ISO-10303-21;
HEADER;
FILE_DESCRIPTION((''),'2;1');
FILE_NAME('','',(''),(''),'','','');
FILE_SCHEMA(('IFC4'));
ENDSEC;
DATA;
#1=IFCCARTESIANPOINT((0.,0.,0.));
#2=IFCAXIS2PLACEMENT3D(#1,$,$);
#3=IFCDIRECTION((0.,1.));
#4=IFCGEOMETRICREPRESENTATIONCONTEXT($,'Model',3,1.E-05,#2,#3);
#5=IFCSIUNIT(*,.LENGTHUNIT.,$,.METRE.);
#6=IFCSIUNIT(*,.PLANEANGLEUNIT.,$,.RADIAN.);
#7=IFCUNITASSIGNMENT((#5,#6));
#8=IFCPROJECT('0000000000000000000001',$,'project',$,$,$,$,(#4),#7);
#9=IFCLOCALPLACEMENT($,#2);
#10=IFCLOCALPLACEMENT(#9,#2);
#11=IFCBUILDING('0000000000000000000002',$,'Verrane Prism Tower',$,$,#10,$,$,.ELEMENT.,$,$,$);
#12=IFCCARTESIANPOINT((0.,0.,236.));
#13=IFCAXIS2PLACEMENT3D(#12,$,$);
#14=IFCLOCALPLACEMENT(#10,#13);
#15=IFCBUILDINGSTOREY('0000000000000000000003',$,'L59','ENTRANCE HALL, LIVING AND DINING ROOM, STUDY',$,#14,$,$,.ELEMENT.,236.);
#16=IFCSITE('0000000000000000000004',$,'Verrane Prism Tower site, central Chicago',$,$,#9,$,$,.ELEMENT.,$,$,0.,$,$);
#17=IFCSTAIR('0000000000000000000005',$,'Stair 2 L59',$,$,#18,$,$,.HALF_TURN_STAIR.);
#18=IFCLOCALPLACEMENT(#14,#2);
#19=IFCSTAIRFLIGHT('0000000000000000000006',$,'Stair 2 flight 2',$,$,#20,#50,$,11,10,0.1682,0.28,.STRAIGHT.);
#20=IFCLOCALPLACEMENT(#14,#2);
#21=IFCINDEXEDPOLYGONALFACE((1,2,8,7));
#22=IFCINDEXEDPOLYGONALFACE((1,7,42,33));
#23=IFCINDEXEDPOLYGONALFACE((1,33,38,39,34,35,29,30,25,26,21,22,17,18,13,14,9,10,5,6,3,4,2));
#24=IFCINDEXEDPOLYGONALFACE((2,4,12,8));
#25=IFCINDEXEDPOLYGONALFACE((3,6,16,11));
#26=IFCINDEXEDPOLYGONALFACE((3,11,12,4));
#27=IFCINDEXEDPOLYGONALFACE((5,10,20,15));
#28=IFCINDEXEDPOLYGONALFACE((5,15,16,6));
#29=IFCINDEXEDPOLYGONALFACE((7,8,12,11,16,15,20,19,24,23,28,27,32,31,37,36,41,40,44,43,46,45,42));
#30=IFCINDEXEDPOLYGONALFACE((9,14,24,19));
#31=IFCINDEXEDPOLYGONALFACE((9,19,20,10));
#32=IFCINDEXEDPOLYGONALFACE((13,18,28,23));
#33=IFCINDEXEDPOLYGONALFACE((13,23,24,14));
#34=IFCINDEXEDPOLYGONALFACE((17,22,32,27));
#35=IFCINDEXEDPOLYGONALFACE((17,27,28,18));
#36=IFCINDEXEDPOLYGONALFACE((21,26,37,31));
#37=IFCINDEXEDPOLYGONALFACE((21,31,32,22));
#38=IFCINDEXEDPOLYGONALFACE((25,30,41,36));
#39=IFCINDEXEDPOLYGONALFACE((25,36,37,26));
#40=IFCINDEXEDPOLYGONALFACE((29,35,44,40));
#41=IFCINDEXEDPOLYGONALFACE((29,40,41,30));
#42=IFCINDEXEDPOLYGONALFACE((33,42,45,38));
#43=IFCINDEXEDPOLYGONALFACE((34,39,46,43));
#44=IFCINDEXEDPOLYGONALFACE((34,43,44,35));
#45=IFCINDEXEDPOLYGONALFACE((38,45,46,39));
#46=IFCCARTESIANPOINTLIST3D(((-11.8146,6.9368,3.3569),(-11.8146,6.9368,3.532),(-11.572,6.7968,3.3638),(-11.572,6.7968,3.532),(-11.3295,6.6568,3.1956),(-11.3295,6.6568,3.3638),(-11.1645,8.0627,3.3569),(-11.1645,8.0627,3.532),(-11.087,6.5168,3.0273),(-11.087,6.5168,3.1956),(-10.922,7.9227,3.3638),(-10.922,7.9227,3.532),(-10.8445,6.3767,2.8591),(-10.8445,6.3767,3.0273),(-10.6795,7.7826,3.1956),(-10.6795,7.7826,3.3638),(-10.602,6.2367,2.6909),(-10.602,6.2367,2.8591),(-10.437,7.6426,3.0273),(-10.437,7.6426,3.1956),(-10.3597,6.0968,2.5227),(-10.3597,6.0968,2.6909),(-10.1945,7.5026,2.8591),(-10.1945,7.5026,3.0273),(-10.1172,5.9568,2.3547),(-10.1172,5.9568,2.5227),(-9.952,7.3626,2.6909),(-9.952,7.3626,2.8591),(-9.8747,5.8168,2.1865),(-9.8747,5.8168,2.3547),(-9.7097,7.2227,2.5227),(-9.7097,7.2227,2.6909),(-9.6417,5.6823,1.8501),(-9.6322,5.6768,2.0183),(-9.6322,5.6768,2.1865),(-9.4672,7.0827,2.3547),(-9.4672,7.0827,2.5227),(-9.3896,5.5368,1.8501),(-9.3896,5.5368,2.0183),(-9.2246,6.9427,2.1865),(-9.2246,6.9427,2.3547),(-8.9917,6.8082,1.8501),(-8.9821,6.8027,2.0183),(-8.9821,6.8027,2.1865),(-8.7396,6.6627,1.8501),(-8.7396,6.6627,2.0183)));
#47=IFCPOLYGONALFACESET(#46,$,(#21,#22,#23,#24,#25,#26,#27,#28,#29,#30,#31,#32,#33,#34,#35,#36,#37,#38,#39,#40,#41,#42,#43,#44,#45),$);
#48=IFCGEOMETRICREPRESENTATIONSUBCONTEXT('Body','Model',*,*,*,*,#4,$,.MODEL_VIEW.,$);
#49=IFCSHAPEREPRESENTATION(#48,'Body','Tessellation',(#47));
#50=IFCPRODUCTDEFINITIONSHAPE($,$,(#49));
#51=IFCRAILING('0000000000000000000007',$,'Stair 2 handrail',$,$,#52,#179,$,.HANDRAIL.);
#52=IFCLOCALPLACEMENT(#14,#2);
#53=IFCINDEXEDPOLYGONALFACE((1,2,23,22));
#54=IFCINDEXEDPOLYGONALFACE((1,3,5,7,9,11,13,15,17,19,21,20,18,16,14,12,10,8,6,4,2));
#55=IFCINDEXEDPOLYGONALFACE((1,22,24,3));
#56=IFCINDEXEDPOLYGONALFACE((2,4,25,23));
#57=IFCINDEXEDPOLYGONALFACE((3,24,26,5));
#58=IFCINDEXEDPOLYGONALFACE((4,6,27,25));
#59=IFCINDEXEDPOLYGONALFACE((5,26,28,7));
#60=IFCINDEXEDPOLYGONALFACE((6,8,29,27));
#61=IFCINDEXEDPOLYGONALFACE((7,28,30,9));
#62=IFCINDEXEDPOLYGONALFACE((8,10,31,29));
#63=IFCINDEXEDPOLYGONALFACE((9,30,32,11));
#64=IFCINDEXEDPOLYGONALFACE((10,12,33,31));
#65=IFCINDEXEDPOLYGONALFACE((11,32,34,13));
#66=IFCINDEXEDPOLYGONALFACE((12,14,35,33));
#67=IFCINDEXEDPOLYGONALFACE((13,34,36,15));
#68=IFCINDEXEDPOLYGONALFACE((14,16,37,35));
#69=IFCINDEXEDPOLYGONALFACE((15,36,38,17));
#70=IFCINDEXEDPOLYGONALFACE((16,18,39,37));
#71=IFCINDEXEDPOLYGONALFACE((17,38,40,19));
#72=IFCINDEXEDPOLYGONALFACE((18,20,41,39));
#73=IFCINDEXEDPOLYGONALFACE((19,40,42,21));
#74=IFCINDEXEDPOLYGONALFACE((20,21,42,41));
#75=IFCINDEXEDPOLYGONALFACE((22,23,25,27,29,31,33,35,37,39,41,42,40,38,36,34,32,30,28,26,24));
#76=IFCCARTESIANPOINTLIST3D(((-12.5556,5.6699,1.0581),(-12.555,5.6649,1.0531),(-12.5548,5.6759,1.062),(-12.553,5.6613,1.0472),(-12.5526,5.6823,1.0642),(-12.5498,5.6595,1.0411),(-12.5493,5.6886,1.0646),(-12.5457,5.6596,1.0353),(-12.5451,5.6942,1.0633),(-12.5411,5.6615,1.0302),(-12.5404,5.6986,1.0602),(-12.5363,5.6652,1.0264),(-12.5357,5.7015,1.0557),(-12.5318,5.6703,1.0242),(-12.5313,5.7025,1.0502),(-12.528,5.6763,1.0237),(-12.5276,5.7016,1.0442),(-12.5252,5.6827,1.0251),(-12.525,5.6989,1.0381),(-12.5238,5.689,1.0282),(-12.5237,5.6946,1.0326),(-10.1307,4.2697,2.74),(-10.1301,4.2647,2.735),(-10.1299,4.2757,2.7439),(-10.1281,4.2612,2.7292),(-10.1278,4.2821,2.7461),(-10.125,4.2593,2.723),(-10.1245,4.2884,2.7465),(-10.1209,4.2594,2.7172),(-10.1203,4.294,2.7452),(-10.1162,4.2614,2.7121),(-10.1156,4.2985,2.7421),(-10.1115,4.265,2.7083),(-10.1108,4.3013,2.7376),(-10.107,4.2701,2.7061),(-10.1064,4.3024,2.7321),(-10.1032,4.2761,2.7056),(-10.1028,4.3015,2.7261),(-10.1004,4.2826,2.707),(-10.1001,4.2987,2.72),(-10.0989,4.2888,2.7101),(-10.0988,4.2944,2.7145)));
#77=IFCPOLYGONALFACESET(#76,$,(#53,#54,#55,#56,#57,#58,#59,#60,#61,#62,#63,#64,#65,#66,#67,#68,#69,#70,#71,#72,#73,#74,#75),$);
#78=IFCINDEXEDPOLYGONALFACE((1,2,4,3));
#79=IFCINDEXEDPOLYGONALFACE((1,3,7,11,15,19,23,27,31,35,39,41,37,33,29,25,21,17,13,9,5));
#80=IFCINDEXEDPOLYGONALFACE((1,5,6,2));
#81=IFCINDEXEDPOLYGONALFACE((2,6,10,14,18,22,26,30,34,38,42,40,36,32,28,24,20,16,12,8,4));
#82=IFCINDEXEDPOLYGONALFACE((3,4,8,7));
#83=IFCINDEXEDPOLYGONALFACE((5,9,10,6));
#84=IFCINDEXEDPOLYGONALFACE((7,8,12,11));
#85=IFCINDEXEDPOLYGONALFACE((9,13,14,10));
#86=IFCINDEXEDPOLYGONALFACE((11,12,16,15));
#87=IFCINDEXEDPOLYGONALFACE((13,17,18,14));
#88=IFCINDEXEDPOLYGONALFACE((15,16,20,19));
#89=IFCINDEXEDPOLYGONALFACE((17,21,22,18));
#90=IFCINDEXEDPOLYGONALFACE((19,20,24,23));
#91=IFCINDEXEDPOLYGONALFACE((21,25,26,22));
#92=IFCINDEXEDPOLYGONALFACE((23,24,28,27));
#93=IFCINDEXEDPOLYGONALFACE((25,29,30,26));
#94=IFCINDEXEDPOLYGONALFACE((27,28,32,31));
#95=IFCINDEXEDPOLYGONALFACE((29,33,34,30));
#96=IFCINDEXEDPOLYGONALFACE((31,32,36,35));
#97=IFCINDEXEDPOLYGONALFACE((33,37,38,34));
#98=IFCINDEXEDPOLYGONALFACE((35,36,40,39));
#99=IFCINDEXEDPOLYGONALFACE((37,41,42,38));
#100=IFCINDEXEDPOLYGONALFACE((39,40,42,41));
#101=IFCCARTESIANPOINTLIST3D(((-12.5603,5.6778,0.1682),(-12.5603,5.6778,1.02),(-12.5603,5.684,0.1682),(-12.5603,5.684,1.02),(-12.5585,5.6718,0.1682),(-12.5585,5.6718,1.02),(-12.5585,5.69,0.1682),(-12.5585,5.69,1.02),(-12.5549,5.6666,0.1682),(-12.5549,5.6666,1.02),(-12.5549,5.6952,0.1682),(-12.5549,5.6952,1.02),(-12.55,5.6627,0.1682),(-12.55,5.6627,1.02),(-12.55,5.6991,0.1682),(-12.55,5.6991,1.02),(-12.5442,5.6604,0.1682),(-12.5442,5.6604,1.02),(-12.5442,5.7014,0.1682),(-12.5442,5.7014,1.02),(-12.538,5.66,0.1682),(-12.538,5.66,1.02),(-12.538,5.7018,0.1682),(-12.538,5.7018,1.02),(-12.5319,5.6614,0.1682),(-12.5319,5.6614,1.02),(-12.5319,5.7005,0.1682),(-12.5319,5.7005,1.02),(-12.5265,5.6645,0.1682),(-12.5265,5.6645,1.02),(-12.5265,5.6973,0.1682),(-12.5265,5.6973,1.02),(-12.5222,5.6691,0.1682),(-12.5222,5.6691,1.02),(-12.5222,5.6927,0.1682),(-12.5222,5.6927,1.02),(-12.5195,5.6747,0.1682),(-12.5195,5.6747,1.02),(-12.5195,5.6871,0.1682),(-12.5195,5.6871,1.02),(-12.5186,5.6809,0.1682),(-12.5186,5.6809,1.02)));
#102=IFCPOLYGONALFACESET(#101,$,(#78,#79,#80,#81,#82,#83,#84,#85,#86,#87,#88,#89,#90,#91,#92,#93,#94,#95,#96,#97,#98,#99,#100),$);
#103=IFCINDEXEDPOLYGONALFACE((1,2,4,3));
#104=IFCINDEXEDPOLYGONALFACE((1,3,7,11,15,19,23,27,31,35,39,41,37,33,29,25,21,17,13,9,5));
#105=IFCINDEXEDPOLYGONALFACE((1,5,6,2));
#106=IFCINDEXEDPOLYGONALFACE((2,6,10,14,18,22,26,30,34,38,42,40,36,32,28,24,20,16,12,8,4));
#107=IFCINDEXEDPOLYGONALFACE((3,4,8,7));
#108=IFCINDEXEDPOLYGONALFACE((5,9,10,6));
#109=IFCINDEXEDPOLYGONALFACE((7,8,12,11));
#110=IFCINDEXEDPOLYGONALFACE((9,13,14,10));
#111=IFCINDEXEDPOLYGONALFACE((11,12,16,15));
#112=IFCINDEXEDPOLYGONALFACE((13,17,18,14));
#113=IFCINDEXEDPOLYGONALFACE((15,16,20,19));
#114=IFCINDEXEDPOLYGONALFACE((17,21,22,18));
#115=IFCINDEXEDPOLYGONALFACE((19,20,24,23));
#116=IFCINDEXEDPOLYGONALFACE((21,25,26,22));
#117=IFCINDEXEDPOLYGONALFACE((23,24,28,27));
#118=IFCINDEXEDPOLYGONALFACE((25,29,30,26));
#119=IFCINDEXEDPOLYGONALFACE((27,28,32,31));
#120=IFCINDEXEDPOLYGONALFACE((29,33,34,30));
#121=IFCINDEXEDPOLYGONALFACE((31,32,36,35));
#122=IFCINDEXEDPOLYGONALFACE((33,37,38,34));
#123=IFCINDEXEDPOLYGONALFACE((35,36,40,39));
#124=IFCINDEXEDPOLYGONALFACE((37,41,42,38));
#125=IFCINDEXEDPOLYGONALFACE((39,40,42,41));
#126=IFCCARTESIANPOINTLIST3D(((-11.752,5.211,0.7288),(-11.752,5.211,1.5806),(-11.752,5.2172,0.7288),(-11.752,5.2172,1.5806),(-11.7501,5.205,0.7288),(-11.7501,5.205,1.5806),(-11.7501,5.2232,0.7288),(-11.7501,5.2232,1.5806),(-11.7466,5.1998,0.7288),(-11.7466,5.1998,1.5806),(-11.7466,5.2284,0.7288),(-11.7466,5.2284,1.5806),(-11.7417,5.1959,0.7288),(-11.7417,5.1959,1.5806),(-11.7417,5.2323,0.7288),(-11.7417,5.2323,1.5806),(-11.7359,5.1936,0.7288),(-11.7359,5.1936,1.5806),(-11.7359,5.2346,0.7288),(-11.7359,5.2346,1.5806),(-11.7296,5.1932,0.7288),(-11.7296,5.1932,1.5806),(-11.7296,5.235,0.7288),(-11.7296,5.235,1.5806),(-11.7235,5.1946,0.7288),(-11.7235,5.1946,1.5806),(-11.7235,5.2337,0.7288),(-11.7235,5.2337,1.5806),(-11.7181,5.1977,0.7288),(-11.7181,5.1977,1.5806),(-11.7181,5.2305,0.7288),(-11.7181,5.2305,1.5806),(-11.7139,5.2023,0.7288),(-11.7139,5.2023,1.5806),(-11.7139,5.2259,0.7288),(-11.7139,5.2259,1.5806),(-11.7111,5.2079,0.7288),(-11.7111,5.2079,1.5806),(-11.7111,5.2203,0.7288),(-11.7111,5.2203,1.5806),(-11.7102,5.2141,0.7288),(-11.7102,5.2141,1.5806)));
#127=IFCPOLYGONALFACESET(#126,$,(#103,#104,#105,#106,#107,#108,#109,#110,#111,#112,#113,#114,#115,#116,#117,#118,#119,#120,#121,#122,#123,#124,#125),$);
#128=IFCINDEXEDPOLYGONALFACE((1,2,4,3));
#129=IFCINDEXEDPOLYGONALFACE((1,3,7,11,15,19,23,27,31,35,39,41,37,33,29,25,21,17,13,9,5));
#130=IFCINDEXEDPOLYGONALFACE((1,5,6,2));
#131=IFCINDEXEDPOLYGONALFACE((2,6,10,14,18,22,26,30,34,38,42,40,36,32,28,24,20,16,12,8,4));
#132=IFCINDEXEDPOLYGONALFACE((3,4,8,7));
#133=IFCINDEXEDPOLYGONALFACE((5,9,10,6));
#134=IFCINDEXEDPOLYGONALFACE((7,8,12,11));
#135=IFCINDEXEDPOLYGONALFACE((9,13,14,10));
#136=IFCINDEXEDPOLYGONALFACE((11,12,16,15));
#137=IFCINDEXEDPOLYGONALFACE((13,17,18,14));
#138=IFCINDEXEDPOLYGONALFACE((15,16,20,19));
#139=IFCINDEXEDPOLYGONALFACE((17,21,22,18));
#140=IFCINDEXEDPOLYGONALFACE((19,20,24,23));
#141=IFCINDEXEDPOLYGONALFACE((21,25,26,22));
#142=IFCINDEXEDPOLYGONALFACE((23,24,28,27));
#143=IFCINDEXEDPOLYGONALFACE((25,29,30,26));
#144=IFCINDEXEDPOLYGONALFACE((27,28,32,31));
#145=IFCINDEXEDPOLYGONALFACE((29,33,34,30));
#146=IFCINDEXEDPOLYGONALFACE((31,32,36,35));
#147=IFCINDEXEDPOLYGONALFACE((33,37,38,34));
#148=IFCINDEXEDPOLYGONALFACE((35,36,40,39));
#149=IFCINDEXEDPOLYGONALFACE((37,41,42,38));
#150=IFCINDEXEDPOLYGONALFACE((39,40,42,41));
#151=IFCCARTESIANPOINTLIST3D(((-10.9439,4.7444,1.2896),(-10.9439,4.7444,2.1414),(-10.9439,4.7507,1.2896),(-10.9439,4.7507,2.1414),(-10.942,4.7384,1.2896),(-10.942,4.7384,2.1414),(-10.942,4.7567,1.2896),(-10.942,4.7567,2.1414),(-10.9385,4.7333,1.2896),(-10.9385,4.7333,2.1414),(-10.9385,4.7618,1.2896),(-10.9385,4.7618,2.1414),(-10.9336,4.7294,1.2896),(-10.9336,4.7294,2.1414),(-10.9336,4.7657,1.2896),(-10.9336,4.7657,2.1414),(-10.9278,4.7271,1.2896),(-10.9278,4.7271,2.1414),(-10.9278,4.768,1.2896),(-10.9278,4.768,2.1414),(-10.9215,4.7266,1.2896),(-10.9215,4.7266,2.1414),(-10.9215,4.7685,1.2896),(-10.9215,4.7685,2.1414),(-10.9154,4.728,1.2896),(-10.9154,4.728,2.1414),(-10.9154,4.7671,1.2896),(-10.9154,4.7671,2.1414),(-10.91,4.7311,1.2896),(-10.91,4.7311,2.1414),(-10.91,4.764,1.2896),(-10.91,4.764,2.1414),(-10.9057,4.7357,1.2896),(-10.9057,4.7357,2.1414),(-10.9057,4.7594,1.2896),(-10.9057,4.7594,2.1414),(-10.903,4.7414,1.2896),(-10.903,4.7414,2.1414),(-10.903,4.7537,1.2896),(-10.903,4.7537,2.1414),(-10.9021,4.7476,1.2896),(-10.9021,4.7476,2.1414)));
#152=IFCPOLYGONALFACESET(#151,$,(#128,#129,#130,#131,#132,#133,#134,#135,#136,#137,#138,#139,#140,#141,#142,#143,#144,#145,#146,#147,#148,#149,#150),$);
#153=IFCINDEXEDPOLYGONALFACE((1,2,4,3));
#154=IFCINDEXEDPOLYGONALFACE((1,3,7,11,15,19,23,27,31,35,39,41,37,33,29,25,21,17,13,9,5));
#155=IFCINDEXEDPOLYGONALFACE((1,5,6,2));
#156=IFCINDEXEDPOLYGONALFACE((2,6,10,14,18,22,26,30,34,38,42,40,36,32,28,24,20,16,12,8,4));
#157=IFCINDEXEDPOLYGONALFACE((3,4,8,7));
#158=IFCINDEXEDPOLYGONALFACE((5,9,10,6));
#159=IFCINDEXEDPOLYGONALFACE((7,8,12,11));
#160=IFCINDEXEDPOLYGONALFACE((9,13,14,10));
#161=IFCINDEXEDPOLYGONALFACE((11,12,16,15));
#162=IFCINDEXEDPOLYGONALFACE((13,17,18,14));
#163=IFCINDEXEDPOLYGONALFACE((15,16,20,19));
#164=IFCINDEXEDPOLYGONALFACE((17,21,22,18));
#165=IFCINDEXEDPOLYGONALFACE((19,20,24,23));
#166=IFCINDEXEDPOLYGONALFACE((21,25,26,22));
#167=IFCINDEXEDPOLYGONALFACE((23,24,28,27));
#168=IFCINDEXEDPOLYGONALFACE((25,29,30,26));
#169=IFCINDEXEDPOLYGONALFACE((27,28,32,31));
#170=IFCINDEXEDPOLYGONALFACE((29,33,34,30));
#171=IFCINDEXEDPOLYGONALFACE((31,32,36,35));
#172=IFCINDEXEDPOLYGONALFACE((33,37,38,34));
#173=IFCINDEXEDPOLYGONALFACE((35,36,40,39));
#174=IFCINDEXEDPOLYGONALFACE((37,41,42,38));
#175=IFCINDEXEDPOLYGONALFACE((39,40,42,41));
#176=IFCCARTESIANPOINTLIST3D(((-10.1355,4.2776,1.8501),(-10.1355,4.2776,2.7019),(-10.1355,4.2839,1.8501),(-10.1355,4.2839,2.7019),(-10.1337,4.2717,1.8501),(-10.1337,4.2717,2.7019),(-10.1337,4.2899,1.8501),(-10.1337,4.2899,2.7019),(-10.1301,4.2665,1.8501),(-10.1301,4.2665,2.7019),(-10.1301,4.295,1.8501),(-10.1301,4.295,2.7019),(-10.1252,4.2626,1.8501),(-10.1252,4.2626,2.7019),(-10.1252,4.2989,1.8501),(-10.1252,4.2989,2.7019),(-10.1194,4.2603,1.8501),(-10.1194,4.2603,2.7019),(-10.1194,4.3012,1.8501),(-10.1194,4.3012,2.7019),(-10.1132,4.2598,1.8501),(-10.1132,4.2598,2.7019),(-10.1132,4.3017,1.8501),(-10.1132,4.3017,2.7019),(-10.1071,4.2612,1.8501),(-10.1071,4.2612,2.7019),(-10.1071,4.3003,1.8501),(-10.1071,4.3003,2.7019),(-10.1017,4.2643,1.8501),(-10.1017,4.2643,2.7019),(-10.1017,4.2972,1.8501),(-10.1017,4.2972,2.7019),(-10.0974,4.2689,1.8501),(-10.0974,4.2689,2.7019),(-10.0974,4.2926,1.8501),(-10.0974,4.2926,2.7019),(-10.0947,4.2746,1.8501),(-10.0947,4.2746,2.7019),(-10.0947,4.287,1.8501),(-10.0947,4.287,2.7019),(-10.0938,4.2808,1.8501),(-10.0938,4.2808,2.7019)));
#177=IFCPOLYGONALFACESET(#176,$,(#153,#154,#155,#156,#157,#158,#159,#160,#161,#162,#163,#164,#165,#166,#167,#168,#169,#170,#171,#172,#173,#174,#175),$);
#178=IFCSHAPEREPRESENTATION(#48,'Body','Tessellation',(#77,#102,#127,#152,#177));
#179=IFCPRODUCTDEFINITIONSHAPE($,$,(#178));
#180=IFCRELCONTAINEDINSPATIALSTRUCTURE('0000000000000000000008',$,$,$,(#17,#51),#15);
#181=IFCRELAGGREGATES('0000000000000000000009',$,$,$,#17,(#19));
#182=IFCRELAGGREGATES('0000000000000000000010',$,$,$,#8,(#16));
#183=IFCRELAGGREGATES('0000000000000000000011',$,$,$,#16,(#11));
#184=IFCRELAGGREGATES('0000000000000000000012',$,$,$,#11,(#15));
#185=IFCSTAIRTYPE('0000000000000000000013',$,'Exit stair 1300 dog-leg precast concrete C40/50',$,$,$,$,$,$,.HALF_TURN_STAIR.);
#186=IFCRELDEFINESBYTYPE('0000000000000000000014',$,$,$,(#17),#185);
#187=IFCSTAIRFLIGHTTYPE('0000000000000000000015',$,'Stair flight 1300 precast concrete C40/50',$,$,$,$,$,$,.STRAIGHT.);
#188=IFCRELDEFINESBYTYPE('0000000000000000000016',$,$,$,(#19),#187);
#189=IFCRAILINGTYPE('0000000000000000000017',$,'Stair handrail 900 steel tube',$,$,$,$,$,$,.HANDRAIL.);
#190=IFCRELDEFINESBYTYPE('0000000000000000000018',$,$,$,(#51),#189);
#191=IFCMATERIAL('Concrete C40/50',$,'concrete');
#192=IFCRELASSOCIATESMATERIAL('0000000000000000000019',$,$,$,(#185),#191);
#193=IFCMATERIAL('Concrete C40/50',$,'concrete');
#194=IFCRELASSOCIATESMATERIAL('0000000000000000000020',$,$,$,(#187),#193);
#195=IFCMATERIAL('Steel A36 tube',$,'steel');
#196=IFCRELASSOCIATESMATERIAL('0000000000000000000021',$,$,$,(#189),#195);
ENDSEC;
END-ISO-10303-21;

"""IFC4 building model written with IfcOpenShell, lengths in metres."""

from ifc_helpers import new_model, si_unit, direction, frame, origin, origin_2d, place, context, subcontext, project, spatial, polyline, circle, outline, extrude, material, type_object, element, aggregate, save


model = new_model("IFC4")

# Units and contexts
model_context = context("Model", 3, precision=1e-05, world=origin(), true_north=direction((0.0, 1.0)))
body_context = subcontext(model_context, "Body", "Model", "MODEL_VIEW")
ifc_project = project(units=[si_unit("LENGTHUNIT", "METRE"), si_unit("PLANEANGLEUNIT", "RADIAN")], contexts=[model_context])

# Site, building, storey
site_placement = place(None, origin())
site = spatial("IfcSite", under=ifc_project, at=site_placement, Name="Verrane Prism Tower site, central Chicago", CompositionType="ELEMENT", RefElevation=0.0)
building_placement = place(site_placement, origin())
building = spatial("IfcBuilding", under=site, at=building_placement, Name="Verrane Prism Tower", CompositionType="ELEMENT")
storey_placement = place(building_placement, frame((0.0, 0.0, 236.0)))
storey = spatial("IfcBuildingStorey", under=building, at=storey_placement, Name="L59", Description="ENTRANCE HALL, LIVING AND DINING ROOM, STUDY", CompositionType="ELEMENT", Elevation=236.0)

# Stair, stair flight
ifc_material_1 = material(Name="Concrete C40/50", Category="concrete")
stair_type = type_object("IfcStairType", Name="Exit stair 1300 dog-leg precast concrete C40/50", PredefinedType="HALF_TURN_STAIR", material=ifc_material_1)
stair_placement = place(storey_placement, origin())
stair = element("IfcStair", 1, at=stair_placement, inside=storey, type_object=stair_type, Name="Stair 2 L59", PredefinedType="HALF_TURN_STAIR")
ifc_material_2 = material(Name="Concrete C40/50", Category="concrete")
stair_flight_type = type_object("IfcStairFlightType", Name="Stair flight 1300 precast concrete C40/50", PredefinedType="STRAIGHT", material=ifc_material_2)
stair_flight_1_placement = place(storey_placement, frame((-9.0647, 6.0996, 1.8501), z_axis=(0.0, 0.0, 1.0), x_axis=(-0.866025, 0.5, 0.0)))
stair_flight_1 = element("IfcStairFlight", 2, at=stair_flight_1_placement, type_object=stair_flight_type, Name="Stair 2 flight 2", NumberOfRisers=11, NumberOfTreads=10, PredefinedType="STRAIGHT", RiserHeight=0.1682, TreadLength=0.28, context=body_context, shape_type="SweptSolid", body=[
    extrude(outline(polyline([(0.0, 0.0), (0.0, 0.1682), (0.28, 0.1682), (0.28, 0.3364), (0.5601, 0.3364), (0.5601, 0.5046), (0.8401, 0.5046), (0.8401, 0.6726), (1.1201, 0.6726), (1.1201, 0.8408), (1.3999, 0.8408), (1.3999, 1.009), (1.6799, 1.009), (1.6799, 1.1772), (1.96, 1.1772), (1.96, 1.3455), (2.24, 1.3455), (2.24, 1.5137), (2.52, 1.5137), (2.52, 1.6819), (2.8, 1.6819), (2.8, 1.8501), (2.8, 1.5068), (0.291, 0.0), (0.0, 0.0)])), frame((0.0, 0.6499, 0.0), z_axis=(0.0, -1.0, 0.0), x_axis=(1.0, 0.0, 0.0)), (0.0, 0.0, 1.0), 1.3),
])
aggregate(stair, [stair_flight_1])

# Railing
ifc_material_3 = material(Name="Steel A36 tube", Category="steel")
railing_type_1 = type_object("IfcRailingType", Name="Stair handrail 900 steel tube", PredefinedType="HANDRAIL", material=ifc_material_3)
railing_1_placement = place(storey_placement, frame((-12.5396, 5.6809, 0.1682)))
element("IfcRailing", 3, at=railing_1_placement, inside=storey, type_object=railing_type_1, Name="Stair 2 handrail", PredefinedType="HANDRAIL", context=body_context, shape_type="SweptSolid", body=[
    extrude(circle(Radius=0.0239, at=origin_2d()), frame((0.0, 0.0, 0.876), z_axis=(0.742367, -0.428662, 0.514918), x_axis=(0.50005, 0.865997, 0.0)), (0.0, 0.0, 1.0), 3.2664),
    extrude(circle(Radius=0.021, at=origin_2d()), origin(), (0.0, 0.0, 1.0), 0.8518),
    extrude(circle(Radius=0.021, at=origin_2d()), frame((0.8083, -0.4668, 0.5605)), (0.0, 0.0, 1.0), 0.8518),
    extrude(circle(Radius=0.021, at=origin_2d()), frame((1.6165, -0.9333, 1.1213)), (0.0, 0.0, 1.0), 0.8518),
    extrude(circle(Radius=0.021, at=origin_2d()), frame((2.4248, -1.4001, 1.6819)), (0.0, 0.0, 1.0), 0.8518),
])

save(model, "model.ifc")
